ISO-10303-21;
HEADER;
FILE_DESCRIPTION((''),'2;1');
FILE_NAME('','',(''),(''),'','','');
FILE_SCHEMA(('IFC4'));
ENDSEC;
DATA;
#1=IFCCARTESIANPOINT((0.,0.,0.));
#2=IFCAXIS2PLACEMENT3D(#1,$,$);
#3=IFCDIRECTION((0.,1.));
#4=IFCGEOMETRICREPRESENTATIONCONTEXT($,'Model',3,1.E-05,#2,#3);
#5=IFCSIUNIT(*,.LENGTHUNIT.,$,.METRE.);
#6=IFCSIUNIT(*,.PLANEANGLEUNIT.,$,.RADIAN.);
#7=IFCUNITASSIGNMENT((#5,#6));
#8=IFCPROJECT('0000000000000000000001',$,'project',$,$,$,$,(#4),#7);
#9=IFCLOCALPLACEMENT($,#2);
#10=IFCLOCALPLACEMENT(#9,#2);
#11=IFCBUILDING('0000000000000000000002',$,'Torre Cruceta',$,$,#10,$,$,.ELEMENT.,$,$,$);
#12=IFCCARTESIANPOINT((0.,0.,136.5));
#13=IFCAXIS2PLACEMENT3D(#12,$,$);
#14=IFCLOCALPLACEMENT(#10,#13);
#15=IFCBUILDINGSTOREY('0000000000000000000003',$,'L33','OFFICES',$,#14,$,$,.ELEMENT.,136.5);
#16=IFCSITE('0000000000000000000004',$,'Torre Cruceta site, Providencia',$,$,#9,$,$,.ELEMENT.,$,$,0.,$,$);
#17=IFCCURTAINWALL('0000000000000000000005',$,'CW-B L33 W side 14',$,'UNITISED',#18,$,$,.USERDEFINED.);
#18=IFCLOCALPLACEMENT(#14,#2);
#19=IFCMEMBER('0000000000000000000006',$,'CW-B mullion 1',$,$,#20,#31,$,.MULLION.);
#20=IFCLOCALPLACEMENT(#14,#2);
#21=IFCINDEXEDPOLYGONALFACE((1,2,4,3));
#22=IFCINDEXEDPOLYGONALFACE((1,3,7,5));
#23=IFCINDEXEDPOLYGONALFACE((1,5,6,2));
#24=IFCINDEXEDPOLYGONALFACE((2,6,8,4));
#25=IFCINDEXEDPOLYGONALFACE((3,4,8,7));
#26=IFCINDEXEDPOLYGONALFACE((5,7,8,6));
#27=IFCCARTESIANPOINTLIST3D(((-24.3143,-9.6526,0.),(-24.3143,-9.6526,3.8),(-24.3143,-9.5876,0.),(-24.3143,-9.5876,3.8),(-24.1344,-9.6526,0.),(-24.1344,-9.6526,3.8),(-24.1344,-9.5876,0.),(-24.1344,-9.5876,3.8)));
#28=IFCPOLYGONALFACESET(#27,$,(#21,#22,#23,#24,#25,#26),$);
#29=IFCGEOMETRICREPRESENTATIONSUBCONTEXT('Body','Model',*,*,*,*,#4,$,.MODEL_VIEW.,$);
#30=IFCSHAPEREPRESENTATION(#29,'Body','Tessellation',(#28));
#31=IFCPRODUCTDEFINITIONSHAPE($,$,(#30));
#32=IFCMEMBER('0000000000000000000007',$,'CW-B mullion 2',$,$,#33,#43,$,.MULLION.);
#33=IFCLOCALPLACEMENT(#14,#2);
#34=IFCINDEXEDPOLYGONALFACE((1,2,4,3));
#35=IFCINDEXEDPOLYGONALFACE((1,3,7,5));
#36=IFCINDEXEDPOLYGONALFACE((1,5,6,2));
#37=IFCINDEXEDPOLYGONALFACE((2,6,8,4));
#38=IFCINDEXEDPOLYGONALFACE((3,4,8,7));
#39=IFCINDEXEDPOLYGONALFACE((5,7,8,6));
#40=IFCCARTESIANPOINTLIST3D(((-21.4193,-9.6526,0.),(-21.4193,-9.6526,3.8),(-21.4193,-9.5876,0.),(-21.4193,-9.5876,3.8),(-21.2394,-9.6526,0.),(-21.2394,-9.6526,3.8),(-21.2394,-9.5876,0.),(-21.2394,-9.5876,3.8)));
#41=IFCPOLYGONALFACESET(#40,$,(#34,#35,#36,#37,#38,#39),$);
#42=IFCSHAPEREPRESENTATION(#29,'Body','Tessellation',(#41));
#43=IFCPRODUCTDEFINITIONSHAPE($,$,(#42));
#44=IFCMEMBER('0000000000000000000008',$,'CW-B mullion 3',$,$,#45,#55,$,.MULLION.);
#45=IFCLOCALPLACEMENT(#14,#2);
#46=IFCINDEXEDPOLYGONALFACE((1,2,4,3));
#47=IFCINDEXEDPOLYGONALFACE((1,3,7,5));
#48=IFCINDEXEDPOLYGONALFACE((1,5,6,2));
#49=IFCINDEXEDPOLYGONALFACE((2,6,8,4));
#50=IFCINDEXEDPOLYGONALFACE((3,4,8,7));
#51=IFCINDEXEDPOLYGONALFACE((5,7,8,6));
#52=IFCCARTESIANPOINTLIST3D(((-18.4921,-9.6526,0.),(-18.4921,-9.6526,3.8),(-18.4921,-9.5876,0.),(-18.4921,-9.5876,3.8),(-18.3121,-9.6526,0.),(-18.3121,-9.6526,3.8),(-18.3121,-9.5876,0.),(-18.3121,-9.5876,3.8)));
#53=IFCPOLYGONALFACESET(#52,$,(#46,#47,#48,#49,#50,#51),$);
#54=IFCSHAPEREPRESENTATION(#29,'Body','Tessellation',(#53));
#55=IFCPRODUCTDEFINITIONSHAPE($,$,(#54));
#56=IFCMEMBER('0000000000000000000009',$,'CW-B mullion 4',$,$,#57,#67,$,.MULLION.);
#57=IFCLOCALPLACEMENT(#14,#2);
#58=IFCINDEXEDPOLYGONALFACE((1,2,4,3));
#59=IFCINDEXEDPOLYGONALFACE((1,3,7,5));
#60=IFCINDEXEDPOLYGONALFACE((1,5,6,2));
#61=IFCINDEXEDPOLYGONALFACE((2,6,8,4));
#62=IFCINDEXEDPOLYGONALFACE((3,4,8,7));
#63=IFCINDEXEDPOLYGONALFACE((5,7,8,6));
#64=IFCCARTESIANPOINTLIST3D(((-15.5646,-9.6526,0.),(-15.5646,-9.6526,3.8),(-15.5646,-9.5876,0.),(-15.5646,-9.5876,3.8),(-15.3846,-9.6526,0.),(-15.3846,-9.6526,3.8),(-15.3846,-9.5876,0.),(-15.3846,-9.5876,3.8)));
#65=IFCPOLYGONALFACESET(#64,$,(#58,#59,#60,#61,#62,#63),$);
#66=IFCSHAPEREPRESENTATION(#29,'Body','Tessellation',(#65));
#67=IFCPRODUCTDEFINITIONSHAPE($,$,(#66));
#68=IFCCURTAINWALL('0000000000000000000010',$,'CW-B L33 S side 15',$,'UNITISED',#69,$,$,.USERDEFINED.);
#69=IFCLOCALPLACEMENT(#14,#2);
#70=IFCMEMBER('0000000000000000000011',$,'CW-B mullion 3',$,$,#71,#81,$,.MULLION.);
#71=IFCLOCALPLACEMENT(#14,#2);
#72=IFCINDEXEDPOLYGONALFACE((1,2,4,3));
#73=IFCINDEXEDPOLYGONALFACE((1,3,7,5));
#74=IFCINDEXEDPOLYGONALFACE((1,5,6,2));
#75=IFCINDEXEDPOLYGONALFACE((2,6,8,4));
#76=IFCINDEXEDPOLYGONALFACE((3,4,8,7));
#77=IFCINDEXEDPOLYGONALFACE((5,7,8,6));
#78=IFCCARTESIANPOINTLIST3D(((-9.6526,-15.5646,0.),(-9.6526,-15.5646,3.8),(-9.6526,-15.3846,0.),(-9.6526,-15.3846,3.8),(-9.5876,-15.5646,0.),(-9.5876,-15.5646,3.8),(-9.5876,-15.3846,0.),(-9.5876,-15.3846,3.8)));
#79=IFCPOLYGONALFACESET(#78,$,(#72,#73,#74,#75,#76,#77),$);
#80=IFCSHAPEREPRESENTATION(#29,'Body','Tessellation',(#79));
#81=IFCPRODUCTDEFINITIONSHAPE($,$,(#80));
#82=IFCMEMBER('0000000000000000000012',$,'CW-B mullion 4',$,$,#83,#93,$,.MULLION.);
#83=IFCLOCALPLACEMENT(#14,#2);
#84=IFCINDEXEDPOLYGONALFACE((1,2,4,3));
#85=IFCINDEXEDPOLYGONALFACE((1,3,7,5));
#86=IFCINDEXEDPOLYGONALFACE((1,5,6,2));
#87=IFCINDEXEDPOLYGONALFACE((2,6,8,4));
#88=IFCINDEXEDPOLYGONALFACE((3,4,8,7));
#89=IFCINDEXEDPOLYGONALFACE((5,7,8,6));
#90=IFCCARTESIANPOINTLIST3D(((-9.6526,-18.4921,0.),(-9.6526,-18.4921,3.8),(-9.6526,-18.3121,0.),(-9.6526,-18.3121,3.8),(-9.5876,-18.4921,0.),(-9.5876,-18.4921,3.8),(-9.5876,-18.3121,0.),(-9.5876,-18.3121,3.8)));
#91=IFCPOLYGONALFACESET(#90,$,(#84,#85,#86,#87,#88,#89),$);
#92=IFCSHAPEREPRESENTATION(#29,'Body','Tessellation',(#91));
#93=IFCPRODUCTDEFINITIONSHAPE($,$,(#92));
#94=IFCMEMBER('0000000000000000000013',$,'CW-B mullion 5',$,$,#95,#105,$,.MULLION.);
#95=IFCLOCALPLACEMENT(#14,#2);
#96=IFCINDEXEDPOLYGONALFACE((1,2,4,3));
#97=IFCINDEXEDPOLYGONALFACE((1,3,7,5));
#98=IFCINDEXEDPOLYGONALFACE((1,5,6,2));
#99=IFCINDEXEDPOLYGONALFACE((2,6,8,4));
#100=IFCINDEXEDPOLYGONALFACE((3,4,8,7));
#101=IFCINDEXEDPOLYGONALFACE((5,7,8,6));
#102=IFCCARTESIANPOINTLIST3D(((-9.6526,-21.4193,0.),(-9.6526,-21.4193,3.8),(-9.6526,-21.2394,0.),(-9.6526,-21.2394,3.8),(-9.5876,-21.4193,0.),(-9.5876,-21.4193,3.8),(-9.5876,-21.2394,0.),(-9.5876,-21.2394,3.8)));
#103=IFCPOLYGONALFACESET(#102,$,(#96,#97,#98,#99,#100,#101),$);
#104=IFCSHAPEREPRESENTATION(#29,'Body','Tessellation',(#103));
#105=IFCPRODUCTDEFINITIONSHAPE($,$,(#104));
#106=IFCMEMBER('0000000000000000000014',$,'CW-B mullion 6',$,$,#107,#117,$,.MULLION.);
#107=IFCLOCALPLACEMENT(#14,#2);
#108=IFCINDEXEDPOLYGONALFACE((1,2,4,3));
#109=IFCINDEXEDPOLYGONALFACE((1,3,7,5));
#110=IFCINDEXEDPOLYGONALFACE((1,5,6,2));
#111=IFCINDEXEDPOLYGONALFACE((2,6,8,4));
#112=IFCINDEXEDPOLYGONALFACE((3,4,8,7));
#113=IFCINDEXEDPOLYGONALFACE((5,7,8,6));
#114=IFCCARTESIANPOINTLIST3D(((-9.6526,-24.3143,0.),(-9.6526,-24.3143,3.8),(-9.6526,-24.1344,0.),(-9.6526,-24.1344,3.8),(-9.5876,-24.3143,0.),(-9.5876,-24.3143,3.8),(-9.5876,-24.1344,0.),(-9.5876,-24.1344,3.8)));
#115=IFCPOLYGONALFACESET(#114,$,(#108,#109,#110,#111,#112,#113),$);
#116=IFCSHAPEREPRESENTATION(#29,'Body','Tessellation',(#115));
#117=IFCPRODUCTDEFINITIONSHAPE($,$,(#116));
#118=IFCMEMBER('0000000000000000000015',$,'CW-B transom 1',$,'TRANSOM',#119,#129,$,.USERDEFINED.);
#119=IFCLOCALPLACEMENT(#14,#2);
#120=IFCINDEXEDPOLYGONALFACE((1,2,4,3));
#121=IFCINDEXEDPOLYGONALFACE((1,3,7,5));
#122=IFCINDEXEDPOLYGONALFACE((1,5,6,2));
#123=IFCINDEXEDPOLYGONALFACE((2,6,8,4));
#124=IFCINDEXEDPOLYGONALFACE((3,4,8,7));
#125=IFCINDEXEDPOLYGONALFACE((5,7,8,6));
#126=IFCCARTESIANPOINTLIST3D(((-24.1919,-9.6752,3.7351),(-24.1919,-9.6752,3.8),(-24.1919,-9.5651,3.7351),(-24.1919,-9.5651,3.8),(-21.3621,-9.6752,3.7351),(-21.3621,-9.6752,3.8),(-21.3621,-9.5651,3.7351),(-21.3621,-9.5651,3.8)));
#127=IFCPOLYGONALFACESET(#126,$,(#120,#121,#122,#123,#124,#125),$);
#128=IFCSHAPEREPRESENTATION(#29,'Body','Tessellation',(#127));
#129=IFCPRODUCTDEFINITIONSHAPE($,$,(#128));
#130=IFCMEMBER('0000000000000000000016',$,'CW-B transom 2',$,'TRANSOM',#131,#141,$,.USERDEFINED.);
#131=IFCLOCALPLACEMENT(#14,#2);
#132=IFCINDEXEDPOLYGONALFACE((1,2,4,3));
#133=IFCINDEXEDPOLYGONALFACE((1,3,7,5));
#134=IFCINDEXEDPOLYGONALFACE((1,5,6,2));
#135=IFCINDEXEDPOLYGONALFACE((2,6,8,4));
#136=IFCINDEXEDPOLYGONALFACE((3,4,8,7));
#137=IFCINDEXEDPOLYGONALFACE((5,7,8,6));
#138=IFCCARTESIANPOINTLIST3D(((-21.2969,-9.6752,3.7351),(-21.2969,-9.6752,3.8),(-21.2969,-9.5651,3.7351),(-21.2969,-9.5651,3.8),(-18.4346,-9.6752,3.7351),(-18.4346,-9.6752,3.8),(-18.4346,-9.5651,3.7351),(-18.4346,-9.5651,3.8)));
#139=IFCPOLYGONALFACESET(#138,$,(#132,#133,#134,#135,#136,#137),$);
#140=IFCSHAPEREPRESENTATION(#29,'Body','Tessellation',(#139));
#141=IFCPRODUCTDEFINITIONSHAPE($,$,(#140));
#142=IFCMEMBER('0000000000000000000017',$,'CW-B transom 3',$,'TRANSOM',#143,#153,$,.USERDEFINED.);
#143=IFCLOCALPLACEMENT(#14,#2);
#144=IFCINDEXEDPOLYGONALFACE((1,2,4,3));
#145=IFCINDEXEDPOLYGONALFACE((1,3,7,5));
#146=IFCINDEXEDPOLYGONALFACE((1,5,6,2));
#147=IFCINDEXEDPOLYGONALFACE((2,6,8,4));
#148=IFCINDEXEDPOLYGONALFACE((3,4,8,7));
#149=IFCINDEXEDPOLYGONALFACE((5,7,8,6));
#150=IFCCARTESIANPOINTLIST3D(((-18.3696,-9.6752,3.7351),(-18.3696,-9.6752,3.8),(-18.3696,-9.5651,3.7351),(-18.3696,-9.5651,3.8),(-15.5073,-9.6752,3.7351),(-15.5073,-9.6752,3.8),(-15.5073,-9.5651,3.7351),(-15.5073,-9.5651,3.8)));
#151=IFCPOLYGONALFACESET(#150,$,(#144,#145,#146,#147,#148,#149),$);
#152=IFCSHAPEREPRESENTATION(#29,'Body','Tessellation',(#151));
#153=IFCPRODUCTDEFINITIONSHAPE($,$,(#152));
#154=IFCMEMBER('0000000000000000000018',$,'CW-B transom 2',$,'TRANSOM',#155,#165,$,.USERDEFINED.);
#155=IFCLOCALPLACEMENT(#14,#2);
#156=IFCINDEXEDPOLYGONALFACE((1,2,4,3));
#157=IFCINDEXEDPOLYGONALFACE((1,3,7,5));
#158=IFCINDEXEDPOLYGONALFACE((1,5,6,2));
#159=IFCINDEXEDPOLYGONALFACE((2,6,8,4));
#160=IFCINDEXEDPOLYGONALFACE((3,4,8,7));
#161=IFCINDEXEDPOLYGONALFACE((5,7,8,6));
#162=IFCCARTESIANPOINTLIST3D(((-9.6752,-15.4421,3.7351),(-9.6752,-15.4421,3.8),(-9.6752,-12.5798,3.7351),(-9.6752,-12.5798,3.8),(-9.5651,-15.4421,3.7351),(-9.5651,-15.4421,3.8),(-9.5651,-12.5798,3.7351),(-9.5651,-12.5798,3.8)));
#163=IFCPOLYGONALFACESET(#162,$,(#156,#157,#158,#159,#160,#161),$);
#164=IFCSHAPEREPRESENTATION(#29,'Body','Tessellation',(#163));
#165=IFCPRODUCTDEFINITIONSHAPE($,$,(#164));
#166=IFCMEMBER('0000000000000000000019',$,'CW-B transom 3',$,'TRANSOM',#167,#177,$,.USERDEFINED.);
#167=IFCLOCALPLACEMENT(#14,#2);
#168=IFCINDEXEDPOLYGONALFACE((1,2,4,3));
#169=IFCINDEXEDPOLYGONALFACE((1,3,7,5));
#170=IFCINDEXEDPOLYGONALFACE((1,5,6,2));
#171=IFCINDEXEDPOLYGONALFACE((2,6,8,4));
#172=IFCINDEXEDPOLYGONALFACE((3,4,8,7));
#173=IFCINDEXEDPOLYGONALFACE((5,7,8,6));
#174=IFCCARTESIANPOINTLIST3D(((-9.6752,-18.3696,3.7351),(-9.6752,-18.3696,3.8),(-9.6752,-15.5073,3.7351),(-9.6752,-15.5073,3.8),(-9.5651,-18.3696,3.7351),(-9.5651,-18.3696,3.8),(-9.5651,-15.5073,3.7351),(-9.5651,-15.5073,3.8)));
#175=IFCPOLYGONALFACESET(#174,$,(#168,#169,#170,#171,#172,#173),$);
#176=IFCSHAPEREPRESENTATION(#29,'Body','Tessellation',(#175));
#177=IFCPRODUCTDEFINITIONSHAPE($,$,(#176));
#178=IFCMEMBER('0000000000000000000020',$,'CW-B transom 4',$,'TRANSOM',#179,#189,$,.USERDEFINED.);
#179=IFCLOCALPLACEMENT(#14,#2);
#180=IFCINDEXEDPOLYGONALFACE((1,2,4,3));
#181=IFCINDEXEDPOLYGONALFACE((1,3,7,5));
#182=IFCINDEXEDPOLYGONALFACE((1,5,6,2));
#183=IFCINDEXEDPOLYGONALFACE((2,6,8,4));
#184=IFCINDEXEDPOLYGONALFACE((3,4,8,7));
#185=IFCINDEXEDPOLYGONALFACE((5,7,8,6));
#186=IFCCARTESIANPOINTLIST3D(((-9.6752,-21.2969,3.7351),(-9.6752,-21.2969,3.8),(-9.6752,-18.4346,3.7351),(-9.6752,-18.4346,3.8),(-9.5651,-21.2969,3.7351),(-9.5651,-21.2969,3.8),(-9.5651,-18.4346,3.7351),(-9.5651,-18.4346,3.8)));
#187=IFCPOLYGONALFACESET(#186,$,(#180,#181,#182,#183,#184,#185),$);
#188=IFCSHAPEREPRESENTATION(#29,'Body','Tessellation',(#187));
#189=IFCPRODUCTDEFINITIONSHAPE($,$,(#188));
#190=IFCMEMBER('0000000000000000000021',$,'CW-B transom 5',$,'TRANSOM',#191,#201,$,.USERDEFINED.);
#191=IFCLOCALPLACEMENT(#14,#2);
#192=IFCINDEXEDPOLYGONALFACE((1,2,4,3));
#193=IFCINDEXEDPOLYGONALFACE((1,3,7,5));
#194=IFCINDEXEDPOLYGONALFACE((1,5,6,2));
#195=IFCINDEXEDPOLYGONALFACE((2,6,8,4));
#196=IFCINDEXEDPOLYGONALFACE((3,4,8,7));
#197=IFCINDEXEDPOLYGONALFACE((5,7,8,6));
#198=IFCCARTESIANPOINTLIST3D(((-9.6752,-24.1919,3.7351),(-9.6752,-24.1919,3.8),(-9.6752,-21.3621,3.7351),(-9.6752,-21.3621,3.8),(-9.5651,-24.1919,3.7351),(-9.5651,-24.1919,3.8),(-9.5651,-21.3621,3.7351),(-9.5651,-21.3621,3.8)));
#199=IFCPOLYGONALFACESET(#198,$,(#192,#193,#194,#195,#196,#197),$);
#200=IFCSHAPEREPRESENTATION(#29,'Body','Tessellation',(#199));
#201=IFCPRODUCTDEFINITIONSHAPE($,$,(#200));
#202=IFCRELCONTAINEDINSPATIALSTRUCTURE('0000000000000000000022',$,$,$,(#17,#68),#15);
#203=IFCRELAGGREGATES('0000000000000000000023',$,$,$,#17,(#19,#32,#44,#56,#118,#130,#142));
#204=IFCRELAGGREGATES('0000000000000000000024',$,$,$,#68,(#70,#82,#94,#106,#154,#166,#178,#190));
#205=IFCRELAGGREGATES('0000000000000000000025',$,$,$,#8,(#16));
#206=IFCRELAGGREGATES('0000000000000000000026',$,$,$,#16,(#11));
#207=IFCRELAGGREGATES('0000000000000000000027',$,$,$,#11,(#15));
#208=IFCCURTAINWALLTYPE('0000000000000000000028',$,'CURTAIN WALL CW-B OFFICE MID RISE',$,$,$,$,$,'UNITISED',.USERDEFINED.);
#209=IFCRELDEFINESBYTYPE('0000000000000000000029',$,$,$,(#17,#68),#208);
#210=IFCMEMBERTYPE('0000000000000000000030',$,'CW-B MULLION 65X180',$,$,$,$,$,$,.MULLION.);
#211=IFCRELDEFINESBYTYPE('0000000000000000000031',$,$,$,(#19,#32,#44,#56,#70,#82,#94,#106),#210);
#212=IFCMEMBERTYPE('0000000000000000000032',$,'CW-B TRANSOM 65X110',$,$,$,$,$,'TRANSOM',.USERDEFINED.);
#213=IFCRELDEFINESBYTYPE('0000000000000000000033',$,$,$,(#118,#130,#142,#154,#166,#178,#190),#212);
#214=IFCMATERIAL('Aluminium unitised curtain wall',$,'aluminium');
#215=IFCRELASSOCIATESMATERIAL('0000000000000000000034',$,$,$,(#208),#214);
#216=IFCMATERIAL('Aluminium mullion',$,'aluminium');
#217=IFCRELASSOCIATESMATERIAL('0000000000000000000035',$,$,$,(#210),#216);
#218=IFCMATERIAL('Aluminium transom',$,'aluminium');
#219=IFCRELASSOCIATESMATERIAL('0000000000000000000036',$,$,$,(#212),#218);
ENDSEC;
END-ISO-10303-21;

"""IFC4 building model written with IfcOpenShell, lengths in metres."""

from ifc_helpers import new_model, si_unit, direction, frame, origin, origin_2d, place, context, subcontext, project, spatial, rectangle, extrude, material, material_profile, profile_set, type_object, element, aggregate, save


model = new_model("IFC4")

# Units and contexts
model_context = context("Model", 3, precision=1e-05, world=origin(), true_north=direction((0.0, 1.0)))
body_context = subcontext(model_context, "Body", "Model", "MODEL_VIEW")
ifc_project = project(units=[si_unit("LENGTHUNIT", "METRE"), si_unit("PLANEANGLEUNIT", "RADIAN")], contexts=[model_context])

# Site, building, storey
site_placement = place(None, origin())
site = spatial("IfcSite", under=ifc_project, at=site_placement, Name="Torre Cruceta site, Providencia", CompositionType="ELEMENT", RefElevation=0.0)
building_placement = place(site_placement, origin())
building = spatial("IfcBuilding", under=site, at=building_placement, Name="Torre Cruceta", CompositionType="ELEMENT")
storey_placement = place(building_placement, frame((0.0, 0.0, 136.5)))
storey = spatial("IfcBuildingStorey", under=building, at=storey_placement, Name="L33", Description="OFFICES", CompositionType="ELEMENT", Elevation=136.5)

# Curtain walls, members
ifc_material_1 = material(Name="Aluminium unitised curtain wall", Category="aluminium")
curtain_wall_type = type_object("IfcCurtainWallType", Name="CURTAIN WALL CW-B OFFICE MID RISE", ElementType="UNITISED", PredefinedType="USERDEFINED", material=ifc_material_1)
curtain_wall_1_placement = place(storey_placement, origin())
curtain_wall_1 = element("IfcCurtainWall", 1, at=curtain_wall_1_placement, inside=storey, type_object=curtain_wall_type, Name="CW-B L33 W side 14", ObjectType="UNITISED", PredefinedType="USERDEFINED")
ifc_material_2 = material(Name="Aluminium mullion", Category="aluminium")
ifc_material_profile_1 = material_profile(ifc_material_2, rectangle(XDim=0.0649, YDim=0.1799, at=origin_2d()), Name="AL 65X180")
ifc_profile_set_1 = profile_set([ifc_material_profile_1], Name="Aluminium mullion")
member_type_1 = type_object("IfcMemberType", Name="CW-B MULLION 65X180", PredefinedType="MULLION", material=ifc_profile_set_1)
member_1_placement = place(storey_placement, frame((-24.2244, -9.6201, 0.0), z_axis=(0.0, 0.0, 1.0), x_axis=(0.0, 1.0, 0.0)))
member_1 = element("IfcMember", 2, at=member_1_placement, type_object=member_type_1, Name="CW-B mullion 1", PredefinedType="MULLION", context=body_context, shape_type="SweptSolid", body=[
    extrude(rectangle(XDim=0.0649, YDim=0.1799, at=origin_2d()), origin(), (0.0, 0.0, 1.0), 3.8),
])
member_2_placement = place(storey_placement, frame((-21.3293, -9.6201, 0.0), z_axis=(0.0, 0.0, 1.0), x_axis=(0.0, 1.0, 0.0)))
member_2 = element("IfcMember", 3, at=member_2_placement, type_object=member_type_1, Name="CW-B mullion 2", PredefinedType="MULLION", context=body_context, shape_type="SweptSolid", body=[
    extrude(rectangle(XDim=0.0649, YDim=0.1799, at=origin_2d()), origin(), (0.0, 0.0, 1.0), 3.8),
])
member_3_placement = place(storey_placement, frame((-18.4021, -9.6201, 0.0), z_axis=(0.0, 0.0, 1.0), x_axis=(0.0, 1.0, 0.0)))
member_3 = element("IfcMember", 4, at=member_3_placement, type_object=member_type_1, Name="CW-B mullion 3", PredefinedType="MULLION", context=body_context, shape_type="SweptSolid", body=[
    extrude(rectangle(XDim=0.0649, YDim=0.1799, at=origin_2d()), origin(), (0.0, 0.0, 1.0), 3.8),
])
member_4_placement = place(storey_placement, frame((-15.4746, -9.6201, 0.0), z_axis=(0.0, 0.0, 1.0), x_axis=(0.0, 1.0, 0.0)))
member_4 = element("IfcMember", 5, at=member_4_placement, type_object=member_type_1, Name="CW-B mullion 4", PredefinedType="MULLION", context=body_context, shape_type="SweptSolid", body=[
    extrude(rectangle(XDim=0.0649, YDim=0.1799, at=origin_2d()), origin(), (0.0, 0.0, 1.0), 3.8),
])
curtain_wall_2_placement = place(storey_placement, origin())
curtain_wall_2 = element("IfcCurtainWall", 6, at=curtain_wall_2_placement, inside=storey, type_object=curtain_wall_type, Name="CW-B L33 S side 15", ObjectType="UNITISED", PredefinedType="USERDEFINED")
member_5_placement = place(storey_placement, frame((-9.6201, -15.4746, 0.0), z_axis=(0.0, 0.0, 1.0), x_axis=(1.0, 0.0, 0.0)))
member_5 = element("IfcMember", 7, at=member_5_placement, type_object=member_type_1, Name="CW-B mullion 3", PredefinedType="MULLION", context=body_context, shape_type="SweptSolid", body=[
    extrude(rectangle(XDim=0.0649, YDim=0.1799, at=origin_2d()), origin(), (0.0, 0.0, 1.0), 3.8),
])
member_6_placement = place(storey_placement, frame((-9.6201, -18.4021, 0.0), z_axis=(0.0, 0.0, 1.0), x_axis=(1.0, 0.0, 0.0)))
member_6 = element("IfcMember", 8, at=member_6_placement, type_object=member_type_1, Name="CW-B mullion 4", PredefinedType="MULLION", context=body_context, shape_type="SweptSolid", body=[
    extrude(rectangle(XDim=0.0649, YDim=0.1799, at=origin_2d()), origin(), (0.0, 0.0, 1.0), 3.8),
])
member_7_placement = place(storey_placement, frame((-9.6201, -21.3293, 0.0), z_axis=(0.0, 0.0, 1.0), x_axis=(1.0, 0.0, 0.0)))
member_7 = element("IfcMember", 9, at=member_7_placement, type_object=member_type_1, Name="CW-B mullion 5", PredefinedType="MULLION", context=body_context, shape_type="SweptSolid", body=[
    extrude(rectangle(XDim=0.0649, YDim=0.1799, at=origin_2d()), origin(), (0.0, 0.0, 1.0), 3.8),
])
member_8_placement = place(storey_placement, frame((-9.6201, -24.2244, 0.0), z_axis=(0.0, 0.0, 1.0), x_axis=(1.0, 0.0, 0.0)))
member_8 = element("IfcMember", 10, at=member_8_placement, type_object=member_type_1, Name="CW-B mullion 6", PredefinedType="MULLION", context=body_context, shape_type="SweptSolid", body=[
    extrude(rectangle(XDim=0.0649, YDim=0.1799, at=origin_2d()), origin(), (0.0, 0.0, 1.0), 3.8),
])

# Members
ifc_material_3 = material(Name="Aluminium transom", Category="aluminium")
ifc_material_profile_2 = material_profile(ifc_material_3, rectangle(XDim=0.1101, YDim=0.0649, at=origin_2d()), Name="AL 110X65")
ifc_profile_set_2 = profile_set([ifc_material_profile_2], Name="Aluminium transom")
member_type_2 = type_object("IfcMemberType", Name="CW-B TRANSOM 65X110", ElementType="TRANSOM", PredefinedType="USERDEFINED", material=ifc_profile_set_2)
member_9_placement = place(storey_placement, frame((-24.1919, -9.6201, 3.7676), z_axis=(1.0, 0.0, 0.0), x_axis=(0.0, 1.0, 0.0)))
member_9 = element("IfcMember", 11, at=member_9_placement, type_object=member_type_2, Name="CW-B transom 1", ObjectType="TRANSOM", PredefinedType="USERDEFINED", context=body_context, shape_type="SweptSolid", body=[
    extrude(rectangle(XDim=0.1101, YDim=0.0649, at=origin_2d()), origin(), (0.0, 0.0, 1.0), 2.8298),
])
member_10_placement = place(storey_placement, frame((-21.2969, -9.6201, 3.7676), z_axis=(1.0, 0.0, 0.0), x_axis=(0.0, 1.0, 0.0)))
member_10 = element("IfcMember", 12, at=member_10_placement, type_object=member_type_2, Name="CW-B transom 2", ObjectType="TRANSOM", PredefinedType="USERDEFINED", context=body_context, shape_type="SweptSolid", body=[
    extrude(rectangle(XDim=0.1101, YDim=0.0649, at=origin_2d()), origin(), (0.0, 0.0, 1.0), 2.8623),
])
member_11_placement = place(storey_placement, frame((-18.3696, -9.6201, 3.7676), z_axis=(1.0, 0.0, 0.0), x_axis=(0.0, 1.0, 0.0)))
member_11 = element("IfcMember", 13, at=member_11_placement, type_object=member_type_2, Name="CW-B transom 3", ObjectType="TRANSOM", PredefinedType="USERDEFINED", context=body_context, shape_type="SweptSolid", body=[
    extrude(rectangle(XDim=0.1101, YDim=0.0649, at=origin_2d()), origin(), (0.0, 0.0, 1.0), 2.8623),
])
member_12_placement = place(storey_placement, frame((-9.6201, -12.5798, 3.7676), z_axis=(0.0, -1.0, 0.0), x_axis=(1.0, 0.0, 0.0)))
member_12 = element("IfcMember", 14, at=member_12_placement, type_object=member_type_2, Name="CW-B transom 2", ObjectType="TRANSOM", PredefinedType="USERDEFINED", context=body_context, shape_type="SweptSolid", body=[
    extrude(rectangle(XDim=0.1101, YDim=0.0649, at=origin_2d()), origin(), (0.0, 0.0, 1.0), 2.8623),
])
member_13_placement = place(storey_placement, frame((-9.6201, -15.5073, 3.7676), z_axis=(0.0, -1.0, 0.0), x_axis=(1.0, 0.0, 0.0)))
member_13 = element("IfcMember", 15, at=member_13_placement, type_object=member_type_2, Name="CW-B transom 3", ObjectType="TRANSOM", PredefinedType="USERDEFINED", context=body_context, shape_type="SweptSolid", body=[
    extrude(rectangle(XDim=0.1101, YDim=0.0649, at=origin_2d()), origin(), (0.0, 0.0, 1.0), 2.8623),
])
member_14_placement = place(storey_placement, frame((-9.6201, -18.4346, 3.7676), z_axis=(0.0, -1.0, 0.0), x_axis=(1.0, 0.0, 0.0)))
member_14 = element("IfcMember", 16, at=member_14_placement, type_object=member_type_2, Name="CW-B transom 4", ObjectType="TRANSOM", PredefinedType="USERDEFINED", context=body_context, shape_type="SweptSolid", body=[
    extrude(rectangle(XDim=0.1101, YDim=0.0649, at=origin_2d()), origin(), (0.0, 0.0, 1.0), 2.8623),
])
member_15_placement = place(storey_placement, frame((-9.6201, -21.3621, 3.7676), z_axis=(0.0, -1.0, 0.0), x_axis=(1.0, 0.0, 0.0)))
member_15 = element("IfcMember", 17, at=member_15_placement, type_object=member_type_2, Name="CW-B transom 5", ObjectType="TRANSOM", PredefinedType="USERDEFINED", context=body_context, shape_type="SweptSolid", body=[
    extrude(rectangle(XDim=0.1101, YDim=0.0649, at=origin_2d()), origin(), (0.0, 0.0, 1.0), 2.8298),
])

aggregate(curtain_wall_1, [member_1, member_2, member_3, member_4, member_9, member_10, member_11])
aggregate(curtain_wall_2, [member_5, member_6, member_7, member_8, member_12, member_13, member_14, member_15])

save(model, "model.ifc")
